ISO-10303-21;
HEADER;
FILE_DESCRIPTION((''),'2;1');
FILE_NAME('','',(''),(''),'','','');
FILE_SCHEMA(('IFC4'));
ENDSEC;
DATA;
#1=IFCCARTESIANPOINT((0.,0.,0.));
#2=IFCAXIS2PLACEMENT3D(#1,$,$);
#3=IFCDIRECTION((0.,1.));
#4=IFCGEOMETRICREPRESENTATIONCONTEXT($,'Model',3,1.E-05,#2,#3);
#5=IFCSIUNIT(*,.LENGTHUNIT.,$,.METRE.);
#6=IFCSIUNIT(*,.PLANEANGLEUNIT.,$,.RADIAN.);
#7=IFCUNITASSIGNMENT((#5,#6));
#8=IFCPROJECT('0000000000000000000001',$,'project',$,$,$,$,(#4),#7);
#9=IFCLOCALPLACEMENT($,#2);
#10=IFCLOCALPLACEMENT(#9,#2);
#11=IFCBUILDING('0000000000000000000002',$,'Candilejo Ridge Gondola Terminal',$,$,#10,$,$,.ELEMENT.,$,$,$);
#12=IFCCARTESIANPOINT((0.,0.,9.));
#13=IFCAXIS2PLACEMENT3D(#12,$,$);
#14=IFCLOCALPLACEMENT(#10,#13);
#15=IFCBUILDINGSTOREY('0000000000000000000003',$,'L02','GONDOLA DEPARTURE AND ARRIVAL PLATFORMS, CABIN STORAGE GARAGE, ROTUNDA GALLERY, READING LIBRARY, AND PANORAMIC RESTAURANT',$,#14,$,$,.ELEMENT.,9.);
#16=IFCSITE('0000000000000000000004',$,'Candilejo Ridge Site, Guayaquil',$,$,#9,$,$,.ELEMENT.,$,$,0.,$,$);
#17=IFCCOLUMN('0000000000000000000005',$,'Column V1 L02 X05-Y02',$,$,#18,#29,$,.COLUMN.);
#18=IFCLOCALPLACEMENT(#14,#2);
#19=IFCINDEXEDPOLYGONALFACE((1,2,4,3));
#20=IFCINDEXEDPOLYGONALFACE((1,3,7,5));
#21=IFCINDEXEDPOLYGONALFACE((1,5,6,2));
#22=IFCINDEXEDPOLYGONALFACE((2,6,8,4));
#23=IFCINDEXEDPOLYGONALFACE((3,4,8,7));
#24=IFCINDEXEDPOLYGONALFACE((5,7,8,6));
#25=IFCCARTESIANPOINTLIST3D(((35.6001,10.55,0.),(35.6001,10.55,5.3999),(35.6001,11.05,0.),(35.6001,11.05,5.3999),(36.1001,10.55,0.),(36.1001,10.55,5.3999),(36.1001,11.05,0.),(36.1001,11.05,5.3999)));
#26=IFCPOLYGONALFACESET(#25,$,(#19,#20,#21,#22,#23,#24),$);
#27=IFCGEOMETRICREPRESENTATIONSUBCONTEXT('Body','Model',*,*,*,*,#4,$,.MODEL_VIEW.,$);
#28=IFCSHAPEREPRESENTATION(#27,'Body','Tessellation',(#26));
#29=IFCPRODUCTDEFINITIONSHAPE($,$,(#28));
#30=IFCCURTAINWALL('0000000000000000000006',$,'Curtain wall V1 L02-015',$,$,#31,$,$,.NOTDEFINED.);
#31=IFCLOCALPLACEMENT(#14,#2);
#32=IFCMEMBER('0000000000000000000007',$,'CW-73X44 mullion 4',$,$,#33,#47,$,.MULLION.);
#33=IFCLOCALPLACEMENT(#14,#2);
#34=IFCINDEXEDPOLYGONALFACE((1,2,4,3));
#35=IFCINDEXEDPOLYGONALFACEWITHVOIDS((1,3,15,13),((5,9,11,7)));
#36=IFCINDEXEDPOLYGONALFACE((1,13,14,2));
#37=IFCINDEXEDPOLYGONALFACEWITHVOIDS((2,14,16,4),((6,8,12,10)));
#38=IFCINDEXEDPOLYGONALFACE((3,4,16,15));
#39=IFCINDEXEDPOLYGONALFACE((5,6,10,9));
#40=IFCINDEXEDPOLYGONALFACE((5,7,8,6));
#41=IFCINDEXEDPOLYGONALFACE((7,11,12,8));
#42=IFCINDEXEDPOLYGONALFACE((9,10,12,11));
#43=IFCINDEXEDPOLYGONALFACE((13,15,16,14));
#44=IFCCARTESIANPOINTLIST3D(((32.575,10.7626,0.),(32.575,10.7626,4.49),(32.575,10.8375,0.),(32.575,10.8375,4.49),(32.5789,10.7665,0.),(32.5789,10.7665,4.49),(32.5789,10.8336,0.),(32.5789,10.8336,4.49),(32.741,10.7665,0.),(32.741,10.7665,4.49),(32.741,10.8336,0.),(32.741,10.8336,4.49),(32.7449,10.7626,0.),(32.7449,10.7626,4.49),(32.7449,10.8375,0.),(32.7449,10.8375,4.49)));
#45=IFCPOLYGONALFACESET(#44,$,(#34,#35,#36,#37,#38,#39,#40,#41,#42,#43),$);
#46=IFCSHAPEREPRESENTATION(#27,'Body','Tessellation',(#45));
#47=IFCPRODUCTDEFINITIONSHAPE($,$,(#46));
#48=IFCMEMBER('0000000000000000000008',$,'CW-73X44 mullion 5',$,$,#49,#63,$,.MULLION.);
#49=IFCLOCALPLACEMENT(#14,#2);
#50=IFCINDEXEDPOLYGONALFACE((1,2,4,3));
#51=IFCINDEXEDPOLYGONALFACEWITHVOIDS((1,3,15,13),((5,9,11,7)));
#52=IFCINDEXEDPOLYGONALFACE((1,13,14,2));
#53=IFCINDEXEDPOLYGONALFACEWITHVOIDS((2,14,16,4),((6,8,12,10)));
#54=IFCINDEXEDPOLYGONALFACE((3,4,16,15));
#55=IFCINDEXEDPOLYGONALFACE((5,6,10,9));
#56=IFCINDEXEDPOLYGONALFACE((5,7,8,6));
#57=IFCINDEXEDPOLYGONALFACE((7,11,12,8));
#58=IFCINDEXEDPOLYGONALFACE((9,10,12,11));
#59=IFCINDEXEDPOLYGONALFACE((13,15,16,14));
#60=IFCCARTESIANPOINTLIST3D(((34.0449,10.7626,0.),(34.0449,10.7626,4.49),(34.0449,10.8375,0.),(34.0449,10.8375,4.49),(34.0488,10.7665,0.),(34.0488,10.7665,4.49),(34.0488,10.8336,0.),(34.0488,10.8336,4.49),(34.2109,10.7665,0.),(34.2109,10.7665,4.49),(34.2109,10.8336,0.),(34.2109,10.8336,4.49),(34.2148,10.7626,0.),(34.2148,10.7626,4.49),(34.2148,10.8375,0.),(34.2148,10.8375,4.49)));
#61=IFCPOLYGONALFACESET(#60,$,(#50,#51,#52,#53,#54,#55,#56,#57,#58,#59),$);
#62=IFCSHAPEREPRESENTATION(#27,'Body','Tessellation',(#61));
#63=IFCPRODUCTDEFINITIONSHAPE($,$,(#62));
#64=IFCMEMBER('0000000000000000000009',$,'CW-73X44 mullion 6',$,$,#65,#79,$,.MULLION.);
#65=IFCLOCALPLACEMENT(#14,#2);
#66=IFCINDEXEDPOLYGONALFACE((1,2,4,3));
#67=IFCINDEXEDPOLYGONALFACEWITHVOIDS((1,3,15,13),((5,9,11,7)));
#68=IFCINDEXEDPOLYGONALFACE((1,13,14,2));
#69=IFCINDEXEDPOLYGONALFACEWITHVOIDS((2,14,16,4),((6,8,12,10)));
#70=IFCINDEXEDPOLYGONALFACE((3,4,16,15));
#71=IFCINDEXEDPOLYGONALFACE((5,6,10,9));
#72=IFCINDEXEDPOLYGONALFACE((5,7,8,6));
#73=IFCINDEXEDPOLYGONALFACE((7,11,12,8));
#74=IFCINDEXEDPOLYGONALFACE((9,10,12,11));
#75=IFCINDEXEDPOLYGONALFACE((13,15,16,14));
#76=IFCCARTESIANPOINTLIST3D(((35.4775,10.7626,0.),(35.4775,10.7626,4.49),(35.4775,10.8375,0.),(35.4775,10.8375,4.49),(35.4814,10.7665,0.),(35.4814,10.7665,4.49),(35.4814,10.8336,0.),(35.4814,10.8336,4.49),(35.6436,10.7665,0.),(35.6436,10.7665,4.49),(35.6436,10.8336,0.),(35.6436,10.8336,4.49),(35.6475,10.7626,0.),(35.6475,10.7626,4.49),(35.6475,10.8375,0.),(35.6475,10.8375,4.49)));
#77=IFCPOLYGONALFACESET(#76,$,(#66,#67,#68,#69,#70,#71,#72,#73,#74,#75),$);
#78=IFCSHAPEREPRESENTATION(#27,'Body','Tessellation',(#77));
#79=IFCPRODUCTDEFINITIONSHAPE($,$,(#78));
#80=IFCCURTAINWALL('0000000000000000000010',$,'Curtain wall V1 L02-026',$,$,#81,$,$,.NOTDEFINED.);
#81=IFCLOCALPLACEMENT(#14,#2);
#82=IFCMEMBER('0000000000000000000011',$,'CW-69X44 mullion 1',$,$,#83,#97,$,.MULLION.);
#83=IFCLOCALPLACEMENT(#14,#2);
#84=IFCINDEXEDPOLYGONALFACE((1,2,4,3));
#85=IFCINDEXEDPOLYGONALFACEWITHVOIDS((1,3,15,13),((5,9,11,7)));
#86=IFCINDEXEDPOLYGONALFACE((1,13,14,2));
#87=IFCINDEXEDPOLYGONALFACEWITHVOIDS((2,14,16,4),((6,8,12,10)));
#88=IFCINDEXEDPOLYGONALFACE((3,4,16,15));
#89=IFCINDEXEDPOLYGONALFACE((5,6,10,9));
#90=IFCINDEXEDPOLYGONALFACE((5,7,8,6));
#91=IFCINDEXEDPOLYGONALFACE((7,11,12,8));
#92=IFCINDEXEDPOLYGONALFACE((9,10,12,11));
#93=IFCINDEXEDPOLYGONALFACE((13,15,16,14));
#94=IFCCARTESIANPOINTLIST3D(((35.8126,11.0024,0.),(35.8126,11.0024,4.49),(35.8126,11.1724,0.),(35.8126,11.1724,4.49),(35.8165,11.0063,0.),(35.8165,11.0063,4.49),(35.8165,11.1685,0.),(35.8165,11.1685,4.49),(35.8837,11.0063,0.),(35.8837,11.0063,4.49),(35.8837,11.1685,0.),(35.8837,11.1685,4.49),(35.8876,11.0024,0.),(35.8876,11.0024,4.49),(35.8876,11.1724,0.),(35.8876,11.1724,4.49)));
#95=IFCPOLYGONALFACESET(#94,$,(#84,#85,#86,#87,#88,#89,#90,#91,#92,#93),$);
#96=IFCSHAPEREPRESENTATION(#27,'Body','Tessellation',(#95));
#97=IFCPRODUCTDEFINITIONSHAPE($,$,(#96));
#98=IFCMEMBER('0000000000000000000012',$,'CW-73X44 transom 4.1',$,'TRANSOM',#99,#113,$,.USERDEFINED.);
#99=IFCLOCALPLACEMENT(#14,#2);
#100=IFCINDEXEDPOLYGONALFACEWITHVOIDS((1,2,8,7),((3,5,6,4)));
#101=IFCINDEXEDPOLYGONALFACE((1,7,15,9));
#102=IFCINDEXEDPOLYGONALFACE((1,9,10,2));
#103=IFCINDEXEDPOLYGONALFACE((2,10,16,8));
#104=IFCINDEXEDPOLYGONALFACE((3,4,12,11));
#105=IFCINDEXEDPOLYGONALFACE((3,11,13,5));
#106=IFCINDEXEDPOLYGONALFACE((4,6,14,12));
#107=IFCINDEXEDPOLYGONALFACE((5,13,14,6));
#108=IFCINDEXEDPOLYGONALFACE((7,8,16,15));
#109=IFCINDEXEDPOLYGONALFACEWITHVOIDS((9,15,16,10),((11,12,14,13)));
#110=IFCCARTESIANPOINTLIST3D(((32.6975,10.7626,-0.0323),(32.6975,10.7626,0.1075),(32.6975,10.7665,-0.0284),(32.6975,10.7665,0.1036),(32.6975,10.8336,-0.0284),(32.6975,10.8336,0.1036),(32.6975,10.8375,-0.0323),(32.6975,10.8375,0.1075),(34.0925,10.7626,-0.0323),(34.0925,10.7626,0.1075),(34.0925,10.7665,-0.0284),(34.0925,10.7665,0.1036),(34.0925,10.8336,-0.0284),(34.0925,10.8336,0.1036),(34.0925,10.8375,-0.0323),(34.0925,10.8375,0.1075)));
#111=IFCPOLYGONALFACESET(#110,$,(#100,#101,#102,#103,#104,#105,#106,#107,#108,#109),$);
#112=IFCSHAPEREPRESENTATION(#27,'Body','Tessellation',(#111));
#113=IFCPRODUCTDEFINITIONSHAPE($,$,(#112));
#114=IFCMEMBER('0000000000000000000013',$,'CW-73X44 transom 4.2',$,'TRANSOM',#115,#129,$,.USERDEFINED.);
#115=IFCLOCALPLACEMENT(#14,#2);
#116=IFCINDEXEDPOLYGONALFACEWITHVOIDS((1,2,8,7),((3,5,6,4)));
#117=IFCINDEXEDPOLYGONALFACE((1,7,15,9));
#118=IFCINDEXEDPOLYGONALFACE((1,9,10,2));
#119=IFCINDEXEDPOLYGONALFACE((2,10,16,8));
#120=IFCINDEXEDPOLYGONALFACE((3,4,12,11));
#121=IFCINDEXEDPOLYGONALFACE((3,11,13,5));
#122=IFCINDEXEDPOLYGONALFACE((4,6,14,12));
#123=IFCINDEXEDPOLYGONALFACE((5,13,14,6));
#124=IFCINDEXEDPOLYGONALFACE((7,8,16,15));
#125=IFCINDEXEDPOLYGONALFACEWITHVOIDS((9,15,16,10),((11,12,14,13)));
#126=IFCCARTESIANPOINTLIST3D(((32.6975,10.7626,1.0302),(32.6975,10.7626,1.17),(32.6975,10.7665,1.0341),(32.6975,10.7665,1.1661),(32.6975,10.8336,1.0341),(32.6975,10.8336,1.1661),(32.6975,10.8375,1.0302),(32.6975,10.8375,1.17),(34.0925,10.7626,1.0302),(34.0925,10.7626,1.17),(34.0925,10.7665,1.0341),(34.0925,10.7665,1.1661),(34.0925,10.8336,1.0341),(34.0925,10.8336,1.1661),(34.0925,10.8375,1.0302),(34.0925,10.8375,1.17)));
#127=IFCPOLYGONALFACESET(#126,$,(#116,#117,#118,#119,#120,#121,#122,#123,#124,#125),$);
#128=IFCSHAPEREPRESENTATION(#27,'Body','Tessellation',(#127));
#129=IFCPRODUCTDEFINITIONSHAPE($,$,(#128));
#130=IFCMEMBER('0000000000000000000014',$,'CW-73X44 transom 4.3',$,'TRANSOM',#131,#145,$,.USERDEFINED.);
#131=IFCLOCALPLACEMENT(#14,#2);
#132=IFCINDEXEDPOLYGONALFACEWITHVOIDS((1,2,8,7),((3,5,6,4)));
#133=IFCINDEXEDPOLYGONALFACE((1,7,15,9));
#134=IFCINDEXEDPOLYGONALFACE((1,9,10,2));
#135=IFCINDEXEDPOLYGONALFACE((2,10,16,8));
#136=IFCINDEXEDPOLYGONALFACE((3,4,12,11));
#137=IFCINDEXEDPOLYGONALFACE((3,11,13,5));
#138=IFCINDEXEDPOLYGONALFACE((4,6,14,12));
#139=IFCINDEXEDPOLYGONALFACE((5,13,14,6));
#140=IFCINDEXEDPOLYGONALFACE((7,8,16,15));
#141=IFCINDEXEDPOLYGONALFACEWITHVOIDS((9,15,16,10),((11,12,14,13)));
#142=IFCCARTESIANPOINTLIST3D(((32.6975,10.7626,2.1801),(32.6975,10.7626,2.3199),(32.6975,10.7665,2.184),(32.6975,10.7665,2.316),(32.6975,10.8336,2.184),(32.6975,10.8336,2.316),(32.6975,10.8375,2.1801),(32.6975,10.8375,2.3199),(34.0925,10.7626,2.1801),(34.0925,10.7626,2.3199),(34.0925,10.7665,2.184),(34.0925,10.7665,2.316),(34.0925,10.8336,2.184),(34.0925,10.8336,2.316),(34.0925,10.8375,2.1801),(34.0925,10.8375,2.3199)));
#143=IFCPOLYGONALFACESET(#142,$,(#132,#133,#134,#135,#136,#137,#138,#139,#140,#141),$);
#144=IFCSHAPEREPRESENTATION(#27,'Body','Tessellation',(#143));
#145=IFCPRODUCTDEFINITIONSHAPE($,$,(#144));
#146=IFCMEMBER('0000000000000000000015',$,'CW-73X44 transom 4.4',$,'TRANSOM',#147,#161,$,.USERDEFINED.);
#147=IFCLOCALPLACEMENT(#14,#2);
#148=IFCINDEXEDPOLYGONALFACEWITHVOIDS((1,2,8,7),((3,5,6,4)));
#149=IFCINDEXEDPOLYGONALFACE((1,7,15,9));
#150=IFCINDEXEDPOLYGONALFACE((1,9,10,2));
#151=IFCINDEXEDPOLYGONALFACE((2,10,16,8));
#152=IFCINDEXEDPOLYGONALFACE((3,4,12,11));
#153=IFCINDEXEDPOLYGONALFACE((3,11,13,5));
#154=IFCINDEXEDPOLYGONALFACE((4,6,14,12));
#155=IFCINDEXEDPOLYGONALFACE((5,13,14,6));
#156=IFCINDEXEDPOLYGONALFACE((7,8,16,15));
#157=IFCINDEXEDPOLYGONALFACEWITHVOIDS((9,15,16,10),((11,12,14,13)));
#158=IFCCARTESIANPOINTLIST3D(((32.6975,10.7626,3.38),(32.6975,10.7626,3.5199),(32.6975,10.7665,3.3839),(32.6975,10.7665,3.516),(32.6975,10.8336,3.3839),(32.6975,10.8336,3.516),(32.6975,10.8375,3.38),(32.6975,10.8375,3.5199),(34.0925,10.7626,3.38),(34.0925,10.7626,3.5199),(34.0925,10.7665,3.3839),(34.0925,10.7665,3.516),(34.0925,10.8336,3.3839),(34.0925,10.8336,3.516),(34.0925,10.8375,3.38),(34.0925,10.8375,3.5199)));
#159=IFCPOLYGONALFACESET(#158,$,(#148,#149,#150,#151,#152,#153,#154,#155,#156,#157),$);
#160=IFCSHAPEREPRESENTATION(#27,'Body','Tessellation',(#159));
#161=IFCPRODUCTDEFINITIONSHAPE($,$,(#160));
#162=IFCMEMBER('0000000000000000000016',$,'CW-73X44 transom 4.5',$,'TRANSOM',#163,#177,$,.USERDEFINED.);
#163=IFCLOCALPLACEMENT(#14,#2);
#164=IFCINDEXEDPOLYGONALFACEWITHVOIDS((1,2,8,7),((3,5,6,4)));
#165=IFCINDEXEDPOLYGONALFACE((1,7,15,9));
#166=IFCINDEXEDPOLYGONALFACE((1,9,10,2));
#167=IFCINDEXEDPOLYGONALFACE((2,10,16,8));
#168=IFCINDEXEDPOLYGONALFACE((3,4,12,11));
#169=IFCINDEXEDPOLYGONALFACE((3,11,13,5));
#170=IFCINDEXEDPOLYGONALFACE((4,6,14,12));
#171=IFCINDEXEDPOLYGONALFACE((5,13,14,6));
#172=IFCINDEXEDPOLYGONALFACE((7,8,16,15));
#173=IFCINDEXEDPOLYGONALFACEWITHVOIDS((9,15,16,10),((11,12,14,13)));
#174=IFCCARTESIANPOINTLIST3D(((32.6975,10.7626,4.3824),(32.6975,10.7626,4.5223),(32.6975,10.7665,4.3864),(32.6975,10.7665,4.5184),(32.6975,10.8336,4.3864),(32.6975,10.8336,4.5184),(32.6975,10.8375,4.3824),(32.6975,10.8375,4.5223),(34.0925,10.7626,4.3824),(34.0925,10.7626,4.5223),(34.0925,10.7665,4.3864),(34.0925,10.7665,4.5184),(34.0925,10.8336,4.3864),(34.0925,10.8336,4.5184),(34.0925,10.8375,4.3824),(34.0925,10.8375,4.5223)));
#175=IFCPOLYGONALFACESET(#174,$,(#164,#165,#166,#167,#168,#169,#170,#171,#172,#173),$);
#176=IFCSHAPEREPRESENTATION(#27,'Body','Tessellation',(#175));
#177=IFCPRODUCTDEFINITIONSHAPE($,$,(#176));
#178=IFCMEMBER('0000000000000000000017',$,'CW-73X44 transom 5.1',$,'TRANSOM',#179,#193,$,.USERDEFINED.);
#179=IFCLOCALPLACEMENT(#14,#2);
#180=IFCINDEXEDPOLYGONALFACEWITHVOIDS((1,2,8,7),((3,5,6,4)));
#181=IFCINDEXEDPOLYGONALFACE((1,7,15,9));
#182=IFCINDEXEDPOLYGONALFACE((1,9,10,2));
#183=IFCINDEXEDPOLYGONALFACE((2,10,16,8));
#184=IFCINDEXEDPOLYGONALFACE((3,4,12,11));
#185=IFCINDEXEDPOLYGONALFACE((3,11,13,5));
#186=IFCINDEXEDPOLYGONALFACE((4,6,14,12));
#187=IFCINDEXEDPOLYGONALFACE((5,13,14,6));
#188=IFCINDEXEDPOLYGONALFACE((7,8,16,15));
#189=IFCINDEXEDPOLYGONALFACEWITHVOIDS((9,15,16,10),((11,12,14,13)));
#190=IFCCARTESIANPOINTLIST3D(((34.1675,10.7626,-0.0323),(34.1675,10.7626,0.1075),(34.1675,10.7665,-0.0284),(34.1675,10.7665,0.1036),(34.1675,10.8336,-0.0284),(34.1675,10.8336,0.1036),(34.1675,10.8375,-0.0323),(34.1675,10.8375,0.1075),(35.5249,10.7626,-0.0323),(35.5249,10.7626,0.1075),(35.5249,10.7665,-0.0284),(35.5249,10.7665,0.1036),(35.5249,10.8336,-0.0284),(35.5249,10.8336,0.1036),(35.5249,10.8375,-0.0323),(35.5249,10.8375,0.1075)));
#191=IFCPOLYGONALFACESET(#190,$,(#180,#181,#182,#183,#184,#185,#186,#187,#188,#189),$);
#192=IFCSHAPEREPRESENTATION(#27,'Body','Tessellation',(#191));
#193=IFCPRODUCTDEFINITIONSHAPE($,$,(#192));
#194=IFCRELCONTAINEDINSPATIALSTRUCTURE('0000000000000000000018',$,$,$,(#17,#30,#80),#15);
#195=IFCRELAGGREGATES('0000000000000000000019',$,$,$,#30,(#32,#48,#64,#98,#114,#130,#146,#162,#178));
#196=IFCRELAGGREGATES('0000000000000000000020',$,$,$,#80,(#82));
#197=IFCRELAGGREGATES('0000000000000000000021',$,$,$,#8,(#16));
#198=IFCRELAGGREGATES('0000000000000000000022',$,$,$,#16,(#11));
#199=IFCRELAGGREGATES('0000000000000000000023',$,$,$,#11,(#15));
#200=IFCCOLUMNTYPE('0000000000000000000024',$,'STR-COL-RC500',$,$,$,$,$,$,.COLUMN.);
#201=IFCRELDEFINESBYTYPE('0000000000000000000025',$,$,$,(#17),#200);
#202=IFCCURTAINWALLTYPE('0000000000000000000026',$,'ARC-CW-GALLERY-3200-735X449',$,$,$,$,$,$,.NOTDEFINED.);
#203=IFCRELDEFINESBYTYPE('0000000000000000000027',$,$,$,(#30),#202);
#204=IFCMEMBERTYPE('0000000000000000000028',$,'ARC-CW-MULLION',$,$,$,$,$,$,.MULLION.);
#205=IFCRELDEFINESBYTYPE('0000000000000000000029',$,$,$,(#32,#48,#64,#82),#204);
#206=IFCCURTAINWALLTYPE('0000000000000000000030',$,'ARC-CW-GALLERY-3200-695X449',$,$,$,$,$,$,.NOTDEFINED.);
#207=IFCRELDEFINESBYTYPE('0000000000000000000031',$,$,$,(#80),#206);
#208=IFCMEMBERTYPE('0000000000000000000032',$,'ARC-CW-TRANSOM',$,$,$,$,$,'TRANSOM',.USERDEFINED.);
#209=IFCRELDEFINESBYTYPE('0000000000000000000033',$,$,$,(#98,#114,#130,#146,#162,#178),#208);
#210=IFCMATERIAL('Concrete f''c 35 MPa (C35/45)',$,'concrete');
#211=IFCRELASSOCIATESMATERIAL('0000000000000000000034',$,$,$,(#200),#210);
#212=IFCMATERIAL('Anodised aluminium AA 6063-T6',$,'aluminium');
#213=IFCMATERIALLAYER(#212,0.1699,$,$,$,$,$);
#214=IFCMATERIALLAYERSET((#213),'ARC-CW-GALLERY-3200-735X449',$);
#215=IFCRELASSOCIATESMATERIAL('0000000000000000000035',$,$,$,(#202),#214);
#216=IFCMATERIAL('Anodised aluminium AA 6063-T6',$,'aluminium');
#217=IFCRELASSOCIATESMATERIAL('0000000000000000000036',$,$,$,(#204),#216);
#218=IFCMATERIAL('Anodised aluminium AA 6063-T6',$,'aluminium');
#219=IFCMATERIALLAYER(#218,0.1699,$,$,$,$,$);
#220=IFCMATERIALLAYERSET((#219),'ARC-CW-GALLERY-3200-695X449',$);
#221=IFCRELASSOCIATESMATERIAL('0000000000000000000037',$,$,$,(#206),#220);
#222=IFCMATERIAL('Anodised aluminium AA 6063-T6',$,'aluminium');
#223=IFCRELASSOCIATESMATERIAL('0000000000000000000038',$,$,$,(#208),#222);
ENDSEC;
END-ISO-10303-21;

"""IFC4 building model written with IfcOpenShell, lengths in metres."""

from ifc_helpers import new_model, si_unit, direction, frame, origin, origin_2d, place, context, subcontext, project, spatial, rectangle, hollow_rectangle, extrude, material, layer, layer_set, material_profile, profile_set, type_object, element, aggregate, save


model = new_model("IFC4")

# Units and contexts
model_context = context("Model", 3, precision=1e-05, world=origin(), true_north=direction((0.0, 1.0)))
body_context = subcontext(model_context, "Body", "Model", "MODEL_VIEW")
ifc_project = project(units=[si_unit("LENGTHUNIT", "METRE"), si_unit("PLANEANGLEUNIT", "RADIAN")], contexts=[model_context])

# Site, building, storey
site_placement = place(None, origin())
site = spatial("IfcSite", under=ifc_project, at=site_placement, Name="Candilejo Ridge Site, Guayaquil", CompositionType="ELEMENT", RefElevation=0.0)
building_placement = place(site_placement, origin())
building = spatial("IfcBuilding", under=site, at=building_placement, Name="Candilejo Ridge Gondola Terminal", CompositionType="ELEMENT")
storey_placement = place(building_placement, frame((0.0, 0.0, 9.0)))
storey = spatial("IfcBuildingStorey", under=building, at=storey_placement, Name="L02", Description="GONDOLA DEPARTURE AND ARRIVAL PLATFORMS, CABIN STORAGE GARAGE, ROTUNDA GALLERY, READING LIBRARY, AND PANORAMIC RESTAURANT", CompositionType="ELEMENT", Elevation=9.0)

# Column
ifc_material_1 = material(Name="Concrete f'c 35 MPa (C35/45)", Category="concrete")
ifc_material_profile_1 = material_profile(ifc_material_1, rectangle(XDim=0.5, YDim=0.5, at=origin_2d()))
ifc_profile_set_1 = profile_set([ifc_material_profile_1], Name="Concrete f'c 35 MPa (C35/45)")
column_type = type_object("IfcColumnType", Name="STR-COL-RC500", PredefinedType="COLUMN", material=ifc_profile_set_1)
column_placement = place(storey_placement, frame((35.8501, 10.8, 0.0), z_axis=(0.0, 0.0, 1.0), x_axis=(1.0, 0.0, 0.0)))
element("IfcColumn", 1, at=column_placement, inside=storey, type_object=column_type, Name="Column V1 L02 X05-Y02", PredefinedType="COLUMN", context=body_context, shape_type="SweptSolid", body=[
    extrude(rectangle(XDim=0.5, YDim=0.5, at=origin_2d()), origin(), (0.0, 0.0, 1.0), 5.3999),
])

# Curtain wall, members
ifc_material_2 = material(Name="Anodised aluminium AA 6063-T6", Category="aluminium")
ifc_layer_1 = layer(ifc_material_2, 0.1699)
ifc_layer_set_1 = layer_set([ifc_layer_1], Name="ARC-CW-GALLERY-3200-735X449")
curtain_wall_type_1 = type_object("IfcCurtainWallType", Name="ARC-CW-GALLERY-3200-735X449", PredefinedType="NOTDEFINED", material=ifc_layer_set_1)
curtain_wall_1_placement = place(storey_placement, origin())
curtain_wall_1 = element("IfcCurtainWall", 2, at=curtain_wall_1_placement, inside=storey, type_object=curtain_wall_type_1, Name="Curtain wall V1 L02-015", PredefinedType="NOTDEFINED")
ifc_material_3 = material(Name="Anodised aluminium AA 6063-T6", Category="aluminium")
ifc_material_profile_2 = material_profile(ifc_material_3, hollow_rectangle(XDim=0.075, YDim=0.1699, WallThickness=0.0039, at=origin_2d()))
ifc_profile_set_2 = profile_set([ifc_material_profile_2], Name="Anodised aluminium AA 6063-T6")
member_type_1 = type_object("IfcMemberType", Name="ARC-CW-MULLION", PredefinedType="MULLION", material=ifc_profile_set_2)
member_1_placement = place(storey_placement, frame((32.6599, 10.8, 0.0), z_axis=(0.0, 0.0, 1.0), x_axis=(0.0, 1.0, 0.0)))
member_1 = element("IfcMember", 3, at=member_1_placement, type_object=member_type_1, Name="CW-73X44 mullion 4", PredefinedType="MULLION", context=body_context, shape_type="SweptSolid", body=[
    extrude(hollow_rectangle(XDim=0.075, YDim=0.1699, WallThickness=0.0039, at=origin_2d()), origin(), (0.0, 0.0, 1.0), 4.49),
])
member_2_placement = place(storey_placement, frame((34.1299, 10.8, 0.0), z_axis=(0.0, 0.0, 1.0), x_axis=(0.0, 1.0, 0.0)))
member_2 = element("IfcMember", 4, at=member_2_placement, type_object=member_type_1, Name="CW-73X44 mullion 5", PredefinedType="MULLION", context=body_context, shape_type="SweptSolid", body=[
    extrude(hollow_rectangle(XDim=0.075, YDim=0.1699, WallThickness=0.0039, at=origin_2d()), origin(), (0.0, 0.0, 1.0), 4.49),
])
member_3_placement = place(storey_placement, frame((35.5625, 10.8, 0.0), z_axis=(0.0, 0.0, 1.0), x_axis=(0.0, 1.0, 0.0)))
member_3 = element("IfcMember", 5, at=member_3_placement, type_object=member_type_1, Name="CW-73X44 mullion 6", PredefinedType="MULLION", context=body_context, shape_type="SweptSolid", body=[
    extrude(hollow_rectangle(XDim=0.075, YDim=0.1699, WallThickness=0.0039, at=origin_2d()), origin(), (0.0, 0.0, 1.0), 4.49),
])

# Curtain wall, member
ifc_material_4 = material(Name="Anodised aluminium AA 6063-T6", Category="aluminium")
ifc_layer_2 = layer(ifc_material_4, 0.1699)
ifc_layer_set_2 = layer_set([ifc_layer_2], Name="ARC-CW-GALLERY-3200-695X449")
curtain_wall_type_2 = type_object("IfcCurtainWallType", Name="ARC-CW-GALLERY-3200-695X449", PredefinedType="NOTDEFINED", material=ifc_layer_set_2)
curtain_wall_2_placement = place(storey_placement, origin())
curtain_wall_2 = element("IfcCurtainWall", 6, at=curtain_wall_2_placement, inside=storey, type_object=curtain_wall_type_2, Name="Curtain wall V1 L02-026", PredefinedType="NOTDEFINED")
member_4_placement = place(storey_placement, frame((35.8501, 11.0874, 0.0), z_axis=(0.0, 0.0, 1.0), x_axis=(-1.0, 0.0, 0.0)))
member_4 = element("IfcMember", 7, at=member_4_placement, type_object=member_type_1, Name="CW-69X44 mullion 1", PredefinedType="MULLION", context=body_context, shape_type="SweptSolid", body=[
    extrude(hollow_rectangle(XDim=0.075, YDim=0.1699, WallThickness=0.0039, at=origin_2d()), origin(), (0.0, 0.0, 1.0), 4.49),
])

# Members
ifc_material_5 = material(Name="Anodised aluminium AA 6063-T6", Category="aluminium")
ifc_material_profile_3 = material_profile(ifc_material_5, hollow_rectangle(XDim=0.075, YDim=0.1399, WallThickness=0.0039, at=origin_2d()))
ifc_profile_set_3 = profile_set([ifc_material_profile_3], Name="Anodised aluminium AA 6063-T6")
member_type_2 = type_object("IfcMemberType", Name="ARC-CW-TRANSOM", ElementType="TRANSOM", PredefinedType="USERDEFINED", material=ifc_profile_set_3)
member_5_placement = place(storey_placement, frame((32.6975, 10.8, 0.0376), z_axis=(1.0, 0.0, 0.0), x_axis=(0.0, 1.0, 0.0)))
member_5 = element("IfcMember", 8, at=member_5_placement, type_object=member_type_2, Name="CW-73X44 transom 4.1", ObjectType="TRANSOM", PredefinedType="USERDEFINED", context=body_context, shape_type="SweptSolid", body=[
    extrude(hollow_rectangle(XDim=0.075, YDim=0.1399, WallThickness=0.0039, at=origin_2d()), origin(), (0.0, 0.0, 1.0), 1.395),
])
member_6_placement = place(storey_placement, frame((32.6975, 10.8, 1.1001), z_axis=(1.0, 0.0, 0.0), x_axis=(0.0, 1.0, 0.0)))
member_6 = element("IfcMember", 9, at=member_6_placement, type_object=member_type_2, Name="CW-73X44 transom 4.2", ObjectType="TRANSOM", PredefinedType="USERDEFINED", context=body_context, shape_type="SweptSolid", body=[
    extrude(hollow_rectangle(XDim=0.075, YDim=0.1399, WallThickness=0.0039, at=origin_2d()), origin(), (0.0, 0.0, 1.0), 1.395),
])
member_7_placement = place(storey_placement, frame((32.6975, 10.8, 2.25), z_axis=(1.0, 0.0, 0.0), x_axis=(0.0, 1.0, 0.0)))
member_7 = element("IfcMember", 10, at=member_7_placement, type_object=member_type_2, Name="CW-73X44 transom 4.3", ObjectType="TRANSOM", PredefinedType="USERDEFINED", context=body_context, shape_type="SweptSolid", body=[
    extrude(hollow_rectangle(XDim=0.075, YDim=0.1399, WallThickness=0.0039, at=origin_2d()), origin(), (0.0, 0.0, 1.0), 1.395),
])
member_8_placement = place(storey_placement, frame((32.6975, 10.8, 3.45), z_axis=(1.0, 0.0, 0.0), x_axis=(0.0, 1.0, 0.0)))
member_8 = element("IfcMember", 11, at=member_8_placement, type_object=member_type_2, Name="CW-73X44 transom 4.4", ObjectType="TRANSOM", PredefinedType="USERDEFINED", context=body_context, shape_type="SweptSolid", body=[
    extrude(hollow_rectangle(XDim=0.075, YDim=0.1399, WallThickness=0.0039, at=origin_2d()), origin(), (0.0, 0.0, 1.0), 1.395),
])
member_9_placement = place(storey_placement, frame((32.6975, 10.8, 4.4524), z_axis=(1.0, 0.0, 0.0), x_axis=(0.0, 1.0, 0.0)))
member_9 = element("IfcMember", 12, at=member_9_placement, type_object=member_type_2, Name="CW-73X44 transom 4.5", ObjectType="TRANSOM", PredefinedType="USERDEFINED", context=body_context, shape_type="SweptSolid", body=[
    extrude(hollow_rectangle(XDim=0.075, YDim=0.1399, WallThickness=0.0039, at=origin_2d()), origin(), (0.0, 0.0, 1.0), 1.395),
])
member_10_placement = place(storey_placement, frame((34.1675, 10.8, 0.0376), z_axis=(1.0, 0.0, 0.0), x_axis=(0.0, 1.0, 0.0)))
member_10 = element("IfcMember", 13, at=member_10_placement, type_object=member_type_2, Name="CW-73X44 transom 5.1", ObjectType="TRANSOM", PredefinedType="USERDEFINED", context=body_context, shape_type="SweptSolid", body=[
    extrude(hollow_rectangle(XDim=0.075, YDim=0.1399, WallThickness=0.0039, at=origin_2d()), origin(), (0.0, 0.0, 1.0), 1.3574),
])

aggregate(curtain_wall_1, [member_1, member_2, member_3, member_5, member_6, member_7, member_8, member_9, member_10])
aggregate(curtain_wall_2, [member_4])

save(model, "model.ifc")
